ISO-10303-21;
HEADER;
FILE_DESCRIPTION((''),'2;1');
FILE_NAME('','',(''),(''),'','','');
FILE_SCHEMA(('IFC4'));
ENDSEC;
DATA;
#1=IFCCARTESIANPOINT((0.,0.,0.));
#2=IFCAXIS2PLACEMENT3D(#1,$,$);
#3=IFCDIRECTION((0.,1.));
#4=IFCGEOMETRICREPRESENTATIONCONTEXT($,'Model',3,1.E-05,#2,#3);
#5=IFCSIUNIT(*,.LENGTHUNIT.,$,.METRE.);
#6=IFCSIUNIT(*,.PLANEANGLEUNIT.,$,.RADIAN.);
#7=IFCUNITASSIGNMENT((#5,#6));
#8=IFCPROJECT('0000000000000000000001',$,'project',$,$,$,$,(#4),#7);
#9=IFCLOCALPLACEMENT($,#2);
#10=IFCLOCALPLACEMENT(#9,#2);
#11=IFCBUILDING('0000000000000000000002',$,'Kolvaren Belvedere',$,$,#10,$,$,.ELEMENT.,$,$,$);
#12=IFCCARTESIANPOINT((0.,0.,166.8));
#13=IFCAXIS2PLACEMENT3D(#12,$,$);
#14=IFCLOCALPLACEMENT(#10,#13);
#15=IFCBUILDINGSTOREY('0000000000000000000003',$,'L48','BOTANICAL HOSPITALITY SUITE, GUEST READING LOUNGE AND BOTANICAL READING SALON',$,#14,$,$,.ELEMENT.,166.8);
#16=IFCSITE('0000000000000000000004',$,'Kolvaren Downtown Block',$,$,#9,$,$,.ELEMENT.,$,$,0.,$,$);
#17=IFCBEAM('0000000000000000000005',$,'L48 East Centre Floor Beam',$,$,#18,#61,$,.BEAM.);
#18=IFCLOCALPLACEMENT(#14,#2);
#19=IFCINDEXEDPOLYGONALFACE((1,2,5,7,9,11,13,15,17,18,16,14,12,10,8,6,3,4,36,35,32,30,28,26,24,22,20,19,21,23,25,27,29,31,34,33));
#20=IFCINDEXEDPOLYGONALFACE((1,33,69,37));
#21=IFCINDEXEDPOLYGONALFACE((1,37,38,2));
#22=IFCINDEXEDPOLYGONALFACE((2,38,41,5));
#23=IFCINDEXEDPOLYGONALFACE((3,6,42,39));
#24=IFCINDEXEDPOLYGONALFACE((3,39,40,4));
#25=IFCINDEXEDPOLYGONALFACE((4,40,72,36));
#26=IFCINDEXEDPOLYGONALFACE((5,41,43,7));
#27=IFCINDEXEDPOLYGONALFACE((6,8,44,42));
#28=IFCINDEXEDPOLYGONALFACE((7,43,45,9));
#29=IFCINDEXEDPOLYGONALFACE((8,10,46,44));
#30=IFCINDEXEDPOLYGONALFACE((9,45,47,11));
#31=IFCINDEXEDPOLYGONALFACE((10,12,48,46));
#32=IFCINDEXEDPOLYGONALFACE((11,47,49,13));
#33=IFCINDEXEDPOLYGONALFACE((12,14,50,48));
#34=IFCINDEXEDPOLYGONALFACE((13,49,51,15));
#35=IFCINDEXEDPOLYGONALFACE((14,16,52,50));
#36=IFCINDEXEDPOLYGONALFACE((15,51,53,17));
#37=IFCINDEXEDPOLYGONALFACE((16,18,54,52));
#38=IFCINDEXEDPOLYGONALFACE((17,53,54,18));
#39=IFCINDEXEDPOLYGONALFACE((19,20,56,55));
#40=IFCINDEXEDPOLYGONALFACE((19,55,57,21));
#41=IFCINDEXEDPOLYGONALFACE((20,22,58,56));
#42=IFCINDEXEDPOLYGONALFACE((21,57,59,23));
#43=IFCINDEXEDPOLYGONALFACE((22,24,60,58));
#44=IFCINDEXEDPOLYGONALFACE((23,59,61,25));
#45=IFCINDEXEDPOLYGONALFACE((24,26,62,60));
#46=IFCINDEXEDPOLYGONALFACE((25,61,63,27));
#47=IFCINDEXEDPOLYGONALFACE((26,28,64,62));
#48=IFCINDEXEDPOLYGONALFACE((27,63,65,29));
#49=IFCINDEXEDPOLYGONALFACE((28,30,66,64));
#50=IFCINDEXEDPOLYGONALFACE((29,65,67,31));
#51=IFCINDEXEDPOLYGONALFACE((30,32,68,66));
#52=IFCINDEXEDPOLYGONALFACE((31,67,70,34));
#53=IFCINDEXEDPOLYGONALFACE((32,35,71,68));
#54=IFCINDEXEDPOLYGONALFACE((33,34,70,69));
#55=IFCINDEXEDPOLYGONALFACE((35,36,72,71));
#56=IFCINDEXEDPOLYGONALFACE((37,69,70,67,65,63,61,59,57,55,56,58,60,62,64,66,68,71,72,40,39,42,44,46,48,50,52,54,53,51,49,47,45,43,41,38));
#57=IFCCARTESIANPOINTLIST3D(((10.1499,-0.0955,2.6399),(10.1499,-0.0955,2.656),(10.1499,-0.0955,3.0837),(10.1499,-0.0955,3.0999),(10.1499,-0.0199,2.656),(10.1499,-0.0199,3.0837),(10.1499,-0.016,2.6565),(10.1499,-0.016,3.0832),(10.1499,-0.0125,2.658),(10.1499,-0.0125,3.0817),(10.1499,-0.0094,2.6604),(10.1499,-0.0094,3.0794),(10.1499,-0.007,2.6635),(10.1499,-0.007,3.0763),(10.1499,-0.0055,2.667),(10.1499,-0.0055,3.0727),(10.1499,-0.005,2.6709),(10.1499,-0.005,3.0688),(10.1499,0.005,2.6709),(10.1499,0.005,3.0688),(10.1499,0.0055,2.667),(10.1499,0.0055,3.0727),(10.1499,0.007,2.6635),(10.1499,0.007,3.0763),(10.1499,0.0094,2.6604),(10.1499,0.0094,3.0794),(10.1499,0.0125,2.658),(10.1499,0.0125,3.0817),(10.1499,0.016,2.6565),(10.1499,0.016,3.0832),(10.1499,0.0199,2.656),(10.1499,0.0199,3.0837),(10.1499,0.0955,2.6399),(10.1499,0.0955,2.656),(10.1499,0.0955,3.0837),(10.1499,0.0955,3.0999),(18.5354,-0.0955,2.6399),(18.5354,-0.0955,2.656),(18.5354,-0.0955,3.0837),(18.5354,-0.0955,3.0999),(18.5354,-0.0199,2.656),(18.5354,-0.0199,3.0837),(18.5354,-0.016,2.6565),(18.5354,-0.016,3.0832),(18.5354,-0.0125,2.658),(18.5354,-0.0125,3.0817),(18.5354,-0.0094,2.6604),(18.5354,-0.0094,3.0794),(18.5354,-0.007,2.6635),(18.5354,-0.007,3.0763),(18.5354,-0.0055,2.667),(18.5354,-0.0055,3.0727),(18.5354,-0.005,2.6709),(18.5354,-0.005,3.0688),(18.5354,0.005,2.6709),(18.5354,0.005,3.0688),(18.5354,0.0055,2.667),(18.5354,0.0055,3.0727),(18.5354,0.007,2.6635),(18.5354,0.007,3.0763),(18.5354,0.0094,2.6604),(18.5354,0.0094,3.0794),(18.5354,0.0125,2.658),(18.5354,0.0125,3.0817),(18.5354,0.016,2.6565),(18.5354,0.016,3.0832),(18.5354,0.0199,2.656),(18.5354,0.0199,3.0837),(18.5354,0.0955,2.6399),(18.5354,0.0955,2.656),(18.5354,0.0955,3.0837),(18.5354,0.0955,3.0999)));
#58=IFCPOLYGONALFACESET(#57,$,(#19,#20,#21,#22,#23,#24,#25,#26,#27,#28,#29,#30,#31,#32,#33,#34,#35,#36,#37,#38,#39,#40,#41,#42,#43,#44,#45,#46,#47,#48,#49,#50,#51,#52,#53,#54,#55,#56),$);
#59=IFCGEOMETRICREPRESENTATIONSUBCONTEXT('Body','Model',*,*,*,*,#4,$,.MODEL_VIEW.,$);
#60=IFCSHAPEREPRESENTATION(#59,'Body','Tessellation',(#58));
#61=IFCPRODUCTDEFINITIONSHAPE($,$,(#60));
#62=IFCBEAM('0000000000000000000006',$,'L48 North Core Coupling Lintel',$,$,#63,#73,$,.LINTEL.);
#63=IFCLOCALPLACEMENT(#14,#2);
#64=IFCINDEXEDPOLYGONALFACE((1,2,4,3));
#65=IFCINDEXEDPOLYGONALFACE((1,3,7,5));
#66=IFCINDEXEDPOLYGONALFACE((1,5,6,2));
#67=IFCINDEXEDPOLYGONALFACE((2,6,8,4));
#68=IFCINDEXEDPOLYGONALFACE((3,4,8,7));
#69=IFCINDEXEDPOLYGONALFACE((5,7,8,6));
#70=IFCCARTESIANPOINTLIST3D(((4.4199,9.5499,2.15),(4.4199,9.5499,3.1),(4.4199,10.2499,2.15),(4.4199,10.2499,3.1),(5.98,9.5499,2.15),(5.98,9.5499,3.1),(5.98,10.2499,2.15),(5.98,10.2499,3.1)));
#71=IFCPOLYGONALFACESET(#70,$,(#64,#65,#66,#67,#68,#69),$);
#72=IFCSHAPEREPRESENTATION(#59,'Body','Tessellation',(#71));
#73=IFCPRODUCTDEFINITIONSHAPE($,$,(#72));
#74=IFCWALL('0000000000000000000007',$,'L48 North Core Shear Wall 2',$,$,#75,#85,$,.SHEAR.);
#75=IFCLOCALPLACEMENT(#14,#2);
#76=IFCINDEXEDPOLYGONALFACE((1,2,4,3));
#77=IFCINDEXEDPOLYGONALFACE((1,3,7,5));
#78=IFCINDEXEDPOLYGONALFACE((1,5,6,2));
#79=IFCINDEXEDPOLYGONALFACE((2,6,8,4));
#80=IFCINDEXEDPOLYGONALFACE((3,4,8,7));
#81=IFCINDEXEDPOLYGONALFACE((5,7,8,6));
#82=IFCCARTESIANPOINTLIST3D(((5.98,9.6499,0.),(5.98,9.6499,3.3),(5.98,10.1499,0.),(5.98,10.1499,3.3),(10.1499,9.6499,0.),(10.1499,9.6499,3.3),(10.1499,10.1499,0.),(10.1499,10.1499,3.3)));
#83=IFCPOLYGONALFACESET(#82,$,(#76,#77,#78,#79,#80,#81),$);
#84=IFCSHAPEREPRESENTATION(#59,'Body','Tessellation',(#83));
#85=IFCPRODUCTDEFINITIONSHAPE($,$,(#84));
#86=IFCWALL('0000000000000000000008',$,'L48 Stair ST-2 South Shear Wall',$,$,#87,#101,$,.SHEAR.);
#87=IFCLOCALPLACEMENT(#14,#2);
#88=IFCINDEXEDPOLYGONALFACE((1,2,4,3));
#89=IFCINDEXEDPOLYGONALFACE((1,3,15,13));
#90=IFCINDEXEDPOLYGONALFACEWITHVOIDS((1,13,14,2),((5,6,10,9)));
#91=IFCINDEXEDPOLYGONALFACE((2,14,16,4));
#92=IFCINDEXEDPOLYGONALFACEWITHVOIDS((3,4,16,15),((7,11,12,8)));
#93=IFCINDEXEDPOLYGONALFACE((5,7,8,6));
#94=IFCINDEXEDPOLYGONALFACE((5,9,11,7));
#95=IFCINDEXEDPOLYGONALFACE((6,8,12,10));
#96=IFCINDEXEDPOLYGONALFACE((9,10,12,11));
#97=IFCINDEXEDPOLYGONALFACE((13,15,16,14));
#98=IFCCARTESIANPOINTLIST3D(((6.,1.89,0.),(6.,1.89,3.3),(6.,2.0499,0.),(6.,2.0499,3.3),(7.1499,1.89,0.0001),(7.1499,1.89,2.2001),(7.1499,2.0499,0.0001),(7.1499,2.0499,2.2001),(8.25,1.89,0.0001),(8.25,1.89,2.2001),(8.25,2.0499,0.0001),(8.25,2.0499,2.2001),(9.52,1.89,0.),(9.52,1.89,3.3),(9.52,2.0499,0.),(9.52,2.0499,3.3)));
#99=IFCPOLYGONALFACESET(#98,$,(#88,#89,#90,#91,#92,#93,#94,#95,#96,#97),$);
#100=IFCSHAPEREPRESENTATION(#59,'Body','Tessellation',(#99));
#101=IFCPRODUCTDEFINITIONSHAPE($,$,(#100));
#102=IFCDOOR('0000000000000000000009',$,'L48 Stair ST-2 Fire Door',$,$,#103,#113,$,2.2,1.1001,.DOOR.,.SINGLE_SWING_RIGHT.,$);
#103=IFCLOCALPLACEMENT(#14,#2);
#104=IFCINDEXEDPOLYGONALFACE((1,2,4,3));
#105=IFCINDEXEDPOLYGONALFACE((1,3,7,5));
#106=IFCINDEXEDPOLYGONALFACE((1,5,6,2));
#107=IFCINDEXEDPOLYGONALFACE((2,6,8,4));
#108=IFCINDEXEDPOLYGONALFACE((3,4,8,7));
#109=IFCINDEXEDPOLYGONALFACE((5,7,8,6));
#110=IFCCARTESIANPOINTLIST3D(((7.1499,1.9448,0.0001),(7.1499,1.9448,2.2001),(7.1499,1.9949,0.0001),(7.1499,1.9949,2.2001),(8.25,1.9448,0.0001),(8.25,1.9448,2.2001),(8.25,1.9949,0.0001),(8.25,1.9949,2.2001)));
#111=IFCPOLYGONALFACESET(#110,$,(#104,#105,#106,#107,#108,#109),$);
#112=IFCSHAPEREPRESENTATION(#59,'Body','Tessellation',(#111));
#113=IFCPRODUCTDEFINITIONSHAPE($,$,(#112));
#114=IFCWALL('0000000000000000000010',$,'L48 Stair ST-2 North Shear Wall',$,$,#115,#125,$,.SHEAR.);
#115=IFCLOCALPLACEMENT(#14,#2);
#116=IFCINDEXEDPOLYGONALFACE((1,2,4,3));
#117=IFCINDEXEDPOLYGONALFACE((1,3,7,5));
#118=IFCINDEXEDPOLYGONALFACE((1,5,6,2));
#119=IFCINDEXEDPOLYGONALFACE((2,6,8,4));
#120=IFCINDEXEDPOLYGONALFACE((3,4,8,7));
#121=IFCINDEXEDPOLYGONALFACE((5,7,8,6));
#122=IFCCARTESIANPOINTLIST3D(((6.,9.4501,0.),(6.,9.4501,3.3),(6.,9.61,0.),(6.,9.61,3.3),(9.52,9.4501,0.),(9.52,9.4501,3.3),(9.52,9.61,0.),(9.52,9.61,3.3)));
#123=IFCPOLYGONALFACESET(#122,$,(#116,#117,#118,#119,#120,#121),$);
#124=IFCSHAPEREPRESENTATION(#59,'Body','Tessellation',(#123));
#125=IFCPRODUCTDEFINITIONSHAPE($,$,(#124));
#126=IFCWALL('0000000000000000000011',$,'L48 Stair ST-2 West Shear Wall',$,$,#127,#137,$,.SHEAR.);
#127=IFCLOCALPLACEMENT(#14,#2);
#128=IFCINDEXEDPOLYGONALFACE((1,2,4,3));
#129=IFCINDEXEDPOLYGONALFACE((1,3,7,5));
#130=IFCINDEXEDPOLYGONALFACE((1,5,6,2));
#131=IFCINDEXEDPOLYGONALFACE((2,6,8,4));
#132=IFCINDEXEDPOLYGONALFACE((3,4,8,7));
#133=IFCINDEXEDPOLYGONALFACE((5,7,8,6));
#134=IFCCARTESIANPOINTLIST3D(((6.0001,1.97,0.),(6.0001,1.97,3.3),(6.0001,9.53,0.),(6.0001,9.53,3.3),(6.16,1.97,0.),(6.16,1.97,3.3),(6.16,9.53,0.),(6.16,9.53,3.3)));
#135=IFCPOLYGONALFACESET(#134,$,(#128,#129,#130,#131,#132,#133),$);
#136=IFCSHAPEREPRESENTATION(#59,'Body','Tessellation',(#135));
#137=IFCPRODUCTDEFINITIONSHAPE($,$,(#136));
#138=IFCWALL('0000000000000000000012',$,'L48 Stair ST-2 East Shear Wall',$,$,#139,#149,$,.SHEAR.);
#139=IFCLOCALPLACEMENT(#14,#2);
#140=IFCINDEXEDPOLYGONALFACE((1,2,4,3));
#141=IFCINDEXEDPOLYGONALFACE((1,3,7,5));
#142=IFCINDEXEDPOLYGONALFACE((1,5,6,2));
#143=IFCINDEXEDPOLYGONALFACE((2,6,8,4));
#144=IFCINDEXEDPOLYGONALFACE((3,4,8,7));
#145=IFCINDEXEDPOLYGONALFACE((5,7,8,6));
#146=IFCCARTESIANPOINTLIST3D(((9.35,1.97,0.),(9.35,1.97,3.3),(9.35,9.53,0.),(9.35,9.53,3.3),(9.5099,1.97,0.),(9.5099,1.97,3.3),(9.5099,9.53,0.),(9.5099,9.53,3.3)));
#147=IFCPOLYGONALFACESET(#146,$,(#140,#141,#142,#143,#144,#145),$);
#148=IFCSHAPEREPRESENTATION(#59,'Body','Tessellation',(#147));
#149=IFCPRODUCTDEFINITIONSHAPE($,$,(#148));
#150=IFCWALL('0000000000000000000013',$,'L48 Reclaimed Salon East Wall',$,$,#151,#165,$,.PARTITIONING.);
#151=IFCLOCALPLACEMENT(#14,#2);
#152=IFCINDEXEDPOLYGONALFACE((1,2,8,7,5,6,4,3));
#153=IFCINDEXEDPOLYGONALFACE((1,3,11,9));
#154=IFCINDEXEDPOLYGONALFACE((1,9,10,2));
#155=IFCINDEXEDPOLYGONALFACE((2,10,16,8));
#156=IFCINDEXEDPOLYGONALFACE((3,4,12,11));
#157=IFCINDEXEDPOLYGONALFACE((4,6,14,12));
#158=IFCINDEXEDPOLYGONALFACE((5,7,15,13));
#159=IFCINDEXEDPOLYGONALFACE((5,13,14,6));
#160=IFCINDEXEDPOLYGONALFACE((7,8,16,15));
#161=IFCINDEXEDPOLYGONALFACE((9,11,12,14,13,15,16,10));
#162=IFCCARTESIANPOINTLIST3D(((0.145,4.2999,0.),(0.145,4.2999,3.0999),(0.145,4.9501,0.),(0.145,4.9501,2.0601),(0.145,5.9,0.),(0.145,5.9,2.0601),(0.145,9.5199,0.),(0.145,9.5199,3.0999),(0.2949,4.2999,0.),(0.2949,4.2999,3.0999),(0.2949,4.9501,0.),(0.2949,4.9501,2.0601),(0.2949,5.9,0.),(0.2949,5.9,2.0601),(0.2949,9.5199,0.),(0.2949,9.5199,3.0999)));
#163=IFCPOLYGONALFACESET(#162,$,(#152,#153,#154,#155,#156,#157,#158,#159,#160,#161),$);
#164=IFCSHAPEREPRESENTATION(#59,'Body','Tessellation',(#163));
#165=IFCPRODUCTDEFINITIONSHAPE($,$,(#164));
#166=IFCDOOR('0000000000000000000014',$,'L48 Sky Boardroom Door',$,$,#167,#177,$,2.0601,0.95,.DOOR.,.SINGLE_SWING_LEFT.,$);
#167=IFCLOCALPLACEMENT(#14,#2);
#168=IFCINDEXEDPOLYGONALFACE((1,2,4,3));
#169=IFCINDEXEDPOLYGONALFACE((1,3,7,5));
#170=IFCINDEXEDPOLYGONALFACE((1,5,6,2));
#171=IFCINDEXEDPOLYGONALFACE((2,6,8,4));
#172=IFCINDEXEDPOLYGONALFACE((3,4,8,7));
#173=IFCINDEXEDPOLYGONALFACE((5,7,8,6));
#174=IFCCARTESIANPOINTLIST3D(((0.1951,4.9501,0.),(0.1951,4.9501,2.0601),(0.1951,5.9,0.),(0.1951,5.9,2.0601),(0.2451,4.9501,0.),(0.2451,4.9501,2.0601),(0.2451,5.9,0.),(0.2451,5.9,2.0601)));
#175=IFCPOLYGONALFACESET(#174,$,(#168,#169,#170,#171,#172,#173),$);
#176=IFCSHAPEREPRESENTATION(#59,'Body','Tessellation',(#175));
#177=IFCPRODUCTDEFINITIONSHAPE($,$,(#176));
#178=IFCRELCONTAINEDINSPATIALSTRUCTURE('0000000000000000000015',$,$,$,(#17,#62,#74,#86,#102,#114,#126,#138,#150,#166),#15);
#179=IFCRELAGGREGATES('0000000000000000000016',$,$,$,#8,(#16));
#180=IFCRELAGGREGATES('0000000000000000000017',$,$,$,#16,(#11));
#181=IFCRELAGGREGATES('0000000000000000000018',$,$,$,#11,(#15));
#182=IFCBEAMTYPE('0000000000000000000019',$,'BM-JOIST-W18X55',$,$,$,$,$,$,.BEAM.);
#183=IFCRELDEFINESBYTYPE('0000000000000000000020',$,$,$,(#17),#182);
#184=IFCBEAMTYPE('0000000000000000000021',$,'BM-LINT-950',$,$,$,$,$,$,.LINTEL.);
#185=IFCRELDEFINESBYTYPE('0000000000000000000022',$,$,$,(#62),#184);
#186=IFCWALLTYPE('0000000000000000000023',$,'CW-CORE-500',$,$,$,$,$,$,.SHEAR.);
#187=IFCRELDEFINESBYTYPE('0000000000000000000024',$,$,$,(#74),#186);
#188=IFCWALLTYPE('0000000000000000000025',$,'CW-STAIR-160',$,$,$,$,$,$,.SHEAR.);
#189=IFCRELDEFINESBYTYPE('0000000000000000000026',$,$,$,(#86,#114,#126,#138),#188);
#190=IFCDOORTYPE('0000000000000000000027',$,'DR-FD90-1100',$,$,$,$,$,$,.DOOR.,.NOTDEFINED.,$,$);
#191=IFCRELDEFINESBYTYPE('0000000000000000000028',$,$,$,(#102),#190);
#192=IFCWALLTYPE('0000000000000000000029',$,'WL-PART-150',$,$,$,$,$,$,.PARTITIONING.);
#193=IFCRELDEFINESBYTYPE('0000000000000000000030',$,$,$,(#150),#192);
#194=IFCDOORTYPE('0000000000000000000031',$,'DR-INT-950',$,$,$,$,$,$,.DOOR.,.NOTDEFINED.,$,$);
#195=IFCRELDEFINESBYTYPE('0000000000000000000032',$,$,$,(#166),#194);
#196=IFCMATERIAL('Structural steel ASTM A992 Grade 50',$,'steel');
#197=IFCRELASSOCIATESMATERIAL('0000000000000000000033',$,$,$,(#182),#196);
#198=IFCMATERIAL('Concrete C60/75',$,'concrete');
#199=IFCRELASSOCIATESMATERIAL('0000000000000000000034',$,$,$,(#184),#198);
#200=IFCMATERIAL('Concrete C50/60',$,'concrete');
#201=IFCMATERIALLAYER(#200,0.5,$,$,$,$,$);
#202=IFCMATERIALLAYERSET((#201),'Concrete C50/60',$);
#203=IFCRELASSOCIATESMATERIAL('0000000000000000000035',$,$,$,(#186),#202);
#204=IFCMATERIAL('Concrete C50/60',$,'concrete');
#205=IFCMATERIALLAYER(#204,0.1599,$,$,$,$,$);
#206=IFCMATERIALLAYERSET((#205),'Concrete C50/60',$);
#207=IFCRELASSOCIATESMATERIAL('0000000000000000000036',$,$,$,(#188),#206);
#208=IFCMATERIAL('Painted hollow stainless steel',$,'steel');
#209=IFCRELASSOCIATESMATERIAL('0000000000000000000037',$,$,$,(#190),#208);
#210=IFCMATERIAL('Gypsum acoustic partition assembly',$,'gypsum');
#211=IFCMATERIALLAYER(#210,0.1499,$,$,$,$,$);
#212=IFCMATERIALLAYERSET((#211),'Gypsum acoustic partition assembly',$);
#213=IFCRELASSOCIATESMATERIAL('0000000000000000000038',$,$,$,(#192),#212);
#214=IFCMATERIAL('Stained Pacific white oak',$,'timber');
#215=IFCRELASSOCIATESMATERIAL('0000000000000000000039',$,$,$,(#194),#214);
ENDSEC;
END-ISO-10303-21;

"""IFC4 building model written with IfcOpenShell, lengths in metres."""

from ifc_helpers import new_model, si_unit, direction, frame, frame_2d, origin, origin_2d, place, context, subcontext, project, spatial, rectangle, i_section, extrude, material, layer, layer_set, material_profile, profile_set, type_object, element, fill, save


model = new_model("IFC4")

# Units and contexts
model_context = context("Model", 3, precision=1e-05, world=origin(), true_north=direction((0.0, 1.0)))
body_context = subcontext(model_context, "Body", "Model", "MODEL_VIEW")
ifc_project = project(units=[si_unit("LENGTHUNIT", "METRE"), si_unit("PLANEANGLEUNIT", "RADIAN")], contexts=[model_context])

# Site, building, storey
site_placement = place(None, origin())
site = spatial("IfcSite", under=ifc_project, at=site_placement, Name="Kolvaren Downtown Block", CompositionType="ELEMENT", RefElevation=0.0)
building_placement = place(site_placement, origin())
building = spatial("IfcBuilding", under=site, at=building_placement, Name="Kolvaren Belvedere", CompositionType="ELEMENT")
storey_placement = place(building_placement, frame((0.0, 0.0, 166.8)))
storey = spatial("IfcBuildingStorey", under=building, at=storey_placement, Name="L48", Description="BOTANICAL HOSPITALITY SUITE, GUEST READING LOUNGE AND BOTANICAL READING SALON", CompositionType="ELEMENT", Elevation=166.8)

# Beams
ifc_material_1 = material(Name="Structural steel ASTM A992 Grade 50", Category="steel")
ifc_material_profile_1 = material_profile(ifc_material_1, i_section(OverallWidth=0.1909, OverallDepth=0.46, WebThickness=0.01, FlangeThickness=0.0161, FilletRadius=0.0149, at=origin_2d()), Name="W18X55")
ifc_profile_set_1 = profile_set([ifc_material_profile_1], Name="Structural steel ASTM A992 Grade 50")
beam_type_1 = type_object("IfcBeamType", Name="BM-JOIST-W18X55", PredefinedType="BEAM", material=ifc_profile_set_1)
beam_1_placement = place(storey_placement, frame((10.1499, 0.0, 2.8699), z_axis=(1.0, 0.0, 0.0), x_axis=(0.0, 1.0, 0.0)))
element("IfcBeam", 1, at=beam_1_placement, inside=storey, type_object=beam_type_1, Name="L48 East Centre Floor Beam", PredefinedType="BEAM", context=body_context, shape_type="SweptSolid", body=[
    extrude(i_section(OverallWidth=0.1909, OverallDepth=0.46, WebThickness=0.01, FlangeThickness=0.0161, FilletRadius=0.0149, at=origin_2d()), origin(), (0.0, 0.0, 1.0), 8.3855),
])
ifc_material_2 = material(Name="Concrete C60/75", Category="concrete")
ifc_material_profile_2 = material_profile(ifc_material_2, rectangle(XDim=0.7, YDim=0.95, at=origin_2d()), Name="RC 700X950")
ifc_profile_set_2 = profile_set([ifc_material_profile_2], Name="Concrete C60/75")
beam_type_2 = type_object("IfcBeamType", Name="BM-LINT-950", PredefinedType="LINTEL", material=ifc_profile_set_2)
beam_2_placement = place(storey_placement, frame((4.4199, 9.8999, 2.625), z_axis=(1.0, 0.0, 0.0), x_axis=(0.0, 1.0, 0.0)))
element("IfcBeam", 2, at=beam_2_placement, inside=storey, type_object=beam_type_2, Name="L48 North Core Coupling Lintel", PredefinedType="LINTEL", context=body_context, shape_type="SweptSolid", body=[
    extrude(rectangle(XDim=0.7, YDim=0.95, at=origin_2d()), origin(), (0.0, 0.0, 1.0), 1.5601),
])

# Wall
ifc_material_3 = material(Name="Concrete C50/60", Category="concrete")
ifc_layer_1 = layer(ifc_material_3, 0.5)
ifc_layer_set_1 = layer_set([ifc_layer_1], Name="Concrete C50/60")
wall_type_1 = type_object("IfcWallType", Name="CW-CORE-500", PredefinedType="SHEAR", material=ifc_layer_set_1)
wall_1_placement = place(storey_placement, frame((5.98, 9.8999, 0.0), z_axis=(0.0, 0.0, 1.0), x_axis=(1.0, 0.0, 0.0)))
element("IfcWall", 3, at=wall_1_placement, inside=storey, type_object=wall_type_1, Name="L48 North Core Shear Wall 2", PredefinedType="SHEAR", context=body_context, shape_type="SweptSolid", body=[
    extrude(rectangle(XDim=4.1699, YDim=0.5, at=frame_2d((2.085, 0.0))), origin(), (0.0, 0.0, 1.0), 3.3),
])

# Wall, opening, door
ifc_material_4 = material(Name="Concrete C50/60", Category="concrete")
ifc_layer_2 = layer(ifc_material_4, 0.1599)
ifc_layer_set_2 = layer_set([ifc_layer_2], Name="Concrete C50/60")
wall_type_2 = type_object("IfcWallType", Name="CW-STAIR-160", PredefinedType="SHEAR", material=ifc_layer_set_2)
wall_2_placement = place(storey_placement, frame((6.0, 1.97, 0.0), z_axis=(0.0, 0.0, 1.0), x_axis=(1.0, 0.0, 0.0)))
wall_2 = element("IfcWall", 4, at=wall_2_placement, inside=storey, type_object=wall_type_2, Name="L48 Stair ST-2 South Shear Wall", PredefinedType="SHEAR", context=body_context, shape_type="SweptSolid", body=[
    extrude(rectangle(XDim=3.52, YDim=0.1599, at=frame_2d((1.76, 0.0))), origin(), (0.0, 0.0, 1.0), 3.3),
])
opening_1_placement = place(wall_2_placement, frame((1.1499, 0.0, 0.0)))
opening_1 = element("IfcOpeningElement", 5, at=opening_1_placement, cuts=wall_2, PredefinedType="OPENING", context=body_context, shape_type="SweptSolid", body=[
    extrude(rectangle(XDim=1.1001, YDim=2.2, at=frame_2d((0.55, 1.1001))), frame((0.0, 0.0898, 0.0), z_axis=(0.0, -1.0, 0.0), x_axis=(1.0, 0.0, 0.0)), (0.0, 0.0, 1.0), 0.1799),
])
ifc_material_5 = material(Name="Painted hollow stainless steel", Category="steel")
door_type_1 = type_object("IfcDoorType", Name="DR-FD90-1100", OperationType="NOTDEFINED", PredefinedType="DOOR", material=ifc_material_5)
door_1_placement = place(opening_1_placement, origin())
door_1 = element("IfcDoor", 6, at=door_1_placement, inside=storey, type_object=door_type_1, Name="L48 Stair ST-2 Fire Door", OperationType="SINGLE_SWING_RIGHT", OverallHeight=2.2, OverallWidth=1.1001, PredefinedType="DOOR", context=body_context, shape_type="SweptSolid", body=[
    extrude(rectangle(XDim=1.1001, YDim=2.2, at=frame_2d((0.55, 1.1001))), frame((0.0, 0.0249, 0.0), z_axis=(0.0, -1.0, 0.0), x_axis=(1.0, 0.0, 0.0)), (0.0, 0.0, 1.0), 0.05),
])
fill(opening_1, door_1)

# Walls
wall_3_placement = place(storey_placement, frame((6.0, 9.53, 0.0), z_axis=(0.0, 0.0, 1.0), x_axis=(1.0, 0.0, 0.0)))
element("IfcWall", 7, at=wall_3_placement, inside=storey, type_object=wall_type_2, Name="L48 Stair ST-2 North Shear Wall", PredefinedType="SHEAR", context=body_context, shape_type="SweptSolid", body=[
    extrude(rectangle(XDim=3.52, YDim=0.1599, at=frame_2d((1.76, 0.0))), origin(), (0.0, 0.0, 1.0), 3.3),
])
for number, where, z_axis, x_axis, name in (
    (8, (6.0801, 1.97, 0.0), (0.0, 0.0, 1.0), (0.0, 1.0, 0.0), "L48 Stair ST-2 West Shear Wall"),
    (9, (9.4299, 1.97, 0.0), (0.0, 0.0, 1.0), (0.0, 1.0, 0.0), "L48 Stair ST-2 East Shear Wall"),
):
    element("IfcWall", number, at=place(storey_placement, frame(where, z_axis=z_axis, x_axis=x_axis)), inside=storey, type_object=wall_type_2, Name=name, PredefinedType="SHEAR", context=body_context, shape_type="SweptSolid", body=[
        extrude(rectangle(XDim=7.5601, YDim=0.1599, at=frame_2d((3.78, 0.0))), origin(), (0.0, 0.0, 1.0), 3.3),
    ])

# Wall, opening, door
ifc_material_6 = material(Name="Gypsum acoustic partition assembly", Category="gypsum")
ifc_layer_3 = layer(ifc_material_6, 0.1499)
ifc_layer_set_3 = layer_set([ifc_layer_3], Name="Gypsum acoustic partition assembly")
wall_type_3 = type_object("IfcWallType", Name="WL-PART-150", PredefinedType="PARTITIONING", material=ifc_layer_set_3)
wall_4_placement = place(storey_placement, frame((0.22, 4.3, 0.0), z_axis=(0.0, 0.0, 1.0), x_axis=(0.0, 1.0, 0.0)))
wall_4 = element("IfcWall", 10, at=wall_4_placement, inside=storey, type_object=wall_type_3, Name="L48 Reclaimed Salon East Wall", PredefinedType="PARTITIONING", context=body_context, shape_type="SweptSolid", body=[
    extrude(rectangle(XDim=5.22, YDim=0.1499, at=frame_2d((2.6099, 0.0))), origin(), (0.0, 0.0, 1.0), 3.0999),
])
opening_2_placement = place(wall_4_placement, frame((0.6499, 0.0, 0.0)))
opening_2 = element("IfcOpeningElement", 11, at=opening_2_placement, cuts=wall_4, PredefinedType="OPENING", context=body_context, shape_type="SweptSolid", body=[
    extrude(rectangle(XDim=0.95, YDim=2.0601, at=frame_2d((0.4751, 1.03))), frame((0.0, 0.085, 0.0), z_axis=(0.0, -1.0, 0.0), x_axis=(1.0, 0.0, 0.0)), (0.0, 0.0, 1.0), 0.1699),
])
ifc_material_7 = material(Name="Stained Pacific white oak", Category="timber")
door_type_2 = type_object("IfcDoorType", Name="DR-INT-950", OperationType="NOTDEFINED", PredefinedType="DOOR", material=ifc_material_7)
door_2_placement = place(opening_2_placement, origin())
door_2 = element("IfcDoor", 12, at=door_2_placement, inside=storey, type_object=door_type_2, Name="L48 Sky Boardroom Door", OperationType="SINGLE_SWING_LEFT", OverallHeight=2.0601, OverallWidth=0.95, PredefinedType="DOOR", context=body_context, shape_type="SweptSolid", body=[
    extrude(rectangle(XDim=0.95, YDim=2.0601, at=frame_2d((0.4751, 1.03))), frame((0.0, 0.0249, 0.0), z_axis=(0.0, -1.0, 0.0), x_axis=(1.0, 0.0, 0.0)), (0.0, 0.0, 1.0), 0.05),
])
fill(opening_2, door_2)

save(model, "model.ifc")
